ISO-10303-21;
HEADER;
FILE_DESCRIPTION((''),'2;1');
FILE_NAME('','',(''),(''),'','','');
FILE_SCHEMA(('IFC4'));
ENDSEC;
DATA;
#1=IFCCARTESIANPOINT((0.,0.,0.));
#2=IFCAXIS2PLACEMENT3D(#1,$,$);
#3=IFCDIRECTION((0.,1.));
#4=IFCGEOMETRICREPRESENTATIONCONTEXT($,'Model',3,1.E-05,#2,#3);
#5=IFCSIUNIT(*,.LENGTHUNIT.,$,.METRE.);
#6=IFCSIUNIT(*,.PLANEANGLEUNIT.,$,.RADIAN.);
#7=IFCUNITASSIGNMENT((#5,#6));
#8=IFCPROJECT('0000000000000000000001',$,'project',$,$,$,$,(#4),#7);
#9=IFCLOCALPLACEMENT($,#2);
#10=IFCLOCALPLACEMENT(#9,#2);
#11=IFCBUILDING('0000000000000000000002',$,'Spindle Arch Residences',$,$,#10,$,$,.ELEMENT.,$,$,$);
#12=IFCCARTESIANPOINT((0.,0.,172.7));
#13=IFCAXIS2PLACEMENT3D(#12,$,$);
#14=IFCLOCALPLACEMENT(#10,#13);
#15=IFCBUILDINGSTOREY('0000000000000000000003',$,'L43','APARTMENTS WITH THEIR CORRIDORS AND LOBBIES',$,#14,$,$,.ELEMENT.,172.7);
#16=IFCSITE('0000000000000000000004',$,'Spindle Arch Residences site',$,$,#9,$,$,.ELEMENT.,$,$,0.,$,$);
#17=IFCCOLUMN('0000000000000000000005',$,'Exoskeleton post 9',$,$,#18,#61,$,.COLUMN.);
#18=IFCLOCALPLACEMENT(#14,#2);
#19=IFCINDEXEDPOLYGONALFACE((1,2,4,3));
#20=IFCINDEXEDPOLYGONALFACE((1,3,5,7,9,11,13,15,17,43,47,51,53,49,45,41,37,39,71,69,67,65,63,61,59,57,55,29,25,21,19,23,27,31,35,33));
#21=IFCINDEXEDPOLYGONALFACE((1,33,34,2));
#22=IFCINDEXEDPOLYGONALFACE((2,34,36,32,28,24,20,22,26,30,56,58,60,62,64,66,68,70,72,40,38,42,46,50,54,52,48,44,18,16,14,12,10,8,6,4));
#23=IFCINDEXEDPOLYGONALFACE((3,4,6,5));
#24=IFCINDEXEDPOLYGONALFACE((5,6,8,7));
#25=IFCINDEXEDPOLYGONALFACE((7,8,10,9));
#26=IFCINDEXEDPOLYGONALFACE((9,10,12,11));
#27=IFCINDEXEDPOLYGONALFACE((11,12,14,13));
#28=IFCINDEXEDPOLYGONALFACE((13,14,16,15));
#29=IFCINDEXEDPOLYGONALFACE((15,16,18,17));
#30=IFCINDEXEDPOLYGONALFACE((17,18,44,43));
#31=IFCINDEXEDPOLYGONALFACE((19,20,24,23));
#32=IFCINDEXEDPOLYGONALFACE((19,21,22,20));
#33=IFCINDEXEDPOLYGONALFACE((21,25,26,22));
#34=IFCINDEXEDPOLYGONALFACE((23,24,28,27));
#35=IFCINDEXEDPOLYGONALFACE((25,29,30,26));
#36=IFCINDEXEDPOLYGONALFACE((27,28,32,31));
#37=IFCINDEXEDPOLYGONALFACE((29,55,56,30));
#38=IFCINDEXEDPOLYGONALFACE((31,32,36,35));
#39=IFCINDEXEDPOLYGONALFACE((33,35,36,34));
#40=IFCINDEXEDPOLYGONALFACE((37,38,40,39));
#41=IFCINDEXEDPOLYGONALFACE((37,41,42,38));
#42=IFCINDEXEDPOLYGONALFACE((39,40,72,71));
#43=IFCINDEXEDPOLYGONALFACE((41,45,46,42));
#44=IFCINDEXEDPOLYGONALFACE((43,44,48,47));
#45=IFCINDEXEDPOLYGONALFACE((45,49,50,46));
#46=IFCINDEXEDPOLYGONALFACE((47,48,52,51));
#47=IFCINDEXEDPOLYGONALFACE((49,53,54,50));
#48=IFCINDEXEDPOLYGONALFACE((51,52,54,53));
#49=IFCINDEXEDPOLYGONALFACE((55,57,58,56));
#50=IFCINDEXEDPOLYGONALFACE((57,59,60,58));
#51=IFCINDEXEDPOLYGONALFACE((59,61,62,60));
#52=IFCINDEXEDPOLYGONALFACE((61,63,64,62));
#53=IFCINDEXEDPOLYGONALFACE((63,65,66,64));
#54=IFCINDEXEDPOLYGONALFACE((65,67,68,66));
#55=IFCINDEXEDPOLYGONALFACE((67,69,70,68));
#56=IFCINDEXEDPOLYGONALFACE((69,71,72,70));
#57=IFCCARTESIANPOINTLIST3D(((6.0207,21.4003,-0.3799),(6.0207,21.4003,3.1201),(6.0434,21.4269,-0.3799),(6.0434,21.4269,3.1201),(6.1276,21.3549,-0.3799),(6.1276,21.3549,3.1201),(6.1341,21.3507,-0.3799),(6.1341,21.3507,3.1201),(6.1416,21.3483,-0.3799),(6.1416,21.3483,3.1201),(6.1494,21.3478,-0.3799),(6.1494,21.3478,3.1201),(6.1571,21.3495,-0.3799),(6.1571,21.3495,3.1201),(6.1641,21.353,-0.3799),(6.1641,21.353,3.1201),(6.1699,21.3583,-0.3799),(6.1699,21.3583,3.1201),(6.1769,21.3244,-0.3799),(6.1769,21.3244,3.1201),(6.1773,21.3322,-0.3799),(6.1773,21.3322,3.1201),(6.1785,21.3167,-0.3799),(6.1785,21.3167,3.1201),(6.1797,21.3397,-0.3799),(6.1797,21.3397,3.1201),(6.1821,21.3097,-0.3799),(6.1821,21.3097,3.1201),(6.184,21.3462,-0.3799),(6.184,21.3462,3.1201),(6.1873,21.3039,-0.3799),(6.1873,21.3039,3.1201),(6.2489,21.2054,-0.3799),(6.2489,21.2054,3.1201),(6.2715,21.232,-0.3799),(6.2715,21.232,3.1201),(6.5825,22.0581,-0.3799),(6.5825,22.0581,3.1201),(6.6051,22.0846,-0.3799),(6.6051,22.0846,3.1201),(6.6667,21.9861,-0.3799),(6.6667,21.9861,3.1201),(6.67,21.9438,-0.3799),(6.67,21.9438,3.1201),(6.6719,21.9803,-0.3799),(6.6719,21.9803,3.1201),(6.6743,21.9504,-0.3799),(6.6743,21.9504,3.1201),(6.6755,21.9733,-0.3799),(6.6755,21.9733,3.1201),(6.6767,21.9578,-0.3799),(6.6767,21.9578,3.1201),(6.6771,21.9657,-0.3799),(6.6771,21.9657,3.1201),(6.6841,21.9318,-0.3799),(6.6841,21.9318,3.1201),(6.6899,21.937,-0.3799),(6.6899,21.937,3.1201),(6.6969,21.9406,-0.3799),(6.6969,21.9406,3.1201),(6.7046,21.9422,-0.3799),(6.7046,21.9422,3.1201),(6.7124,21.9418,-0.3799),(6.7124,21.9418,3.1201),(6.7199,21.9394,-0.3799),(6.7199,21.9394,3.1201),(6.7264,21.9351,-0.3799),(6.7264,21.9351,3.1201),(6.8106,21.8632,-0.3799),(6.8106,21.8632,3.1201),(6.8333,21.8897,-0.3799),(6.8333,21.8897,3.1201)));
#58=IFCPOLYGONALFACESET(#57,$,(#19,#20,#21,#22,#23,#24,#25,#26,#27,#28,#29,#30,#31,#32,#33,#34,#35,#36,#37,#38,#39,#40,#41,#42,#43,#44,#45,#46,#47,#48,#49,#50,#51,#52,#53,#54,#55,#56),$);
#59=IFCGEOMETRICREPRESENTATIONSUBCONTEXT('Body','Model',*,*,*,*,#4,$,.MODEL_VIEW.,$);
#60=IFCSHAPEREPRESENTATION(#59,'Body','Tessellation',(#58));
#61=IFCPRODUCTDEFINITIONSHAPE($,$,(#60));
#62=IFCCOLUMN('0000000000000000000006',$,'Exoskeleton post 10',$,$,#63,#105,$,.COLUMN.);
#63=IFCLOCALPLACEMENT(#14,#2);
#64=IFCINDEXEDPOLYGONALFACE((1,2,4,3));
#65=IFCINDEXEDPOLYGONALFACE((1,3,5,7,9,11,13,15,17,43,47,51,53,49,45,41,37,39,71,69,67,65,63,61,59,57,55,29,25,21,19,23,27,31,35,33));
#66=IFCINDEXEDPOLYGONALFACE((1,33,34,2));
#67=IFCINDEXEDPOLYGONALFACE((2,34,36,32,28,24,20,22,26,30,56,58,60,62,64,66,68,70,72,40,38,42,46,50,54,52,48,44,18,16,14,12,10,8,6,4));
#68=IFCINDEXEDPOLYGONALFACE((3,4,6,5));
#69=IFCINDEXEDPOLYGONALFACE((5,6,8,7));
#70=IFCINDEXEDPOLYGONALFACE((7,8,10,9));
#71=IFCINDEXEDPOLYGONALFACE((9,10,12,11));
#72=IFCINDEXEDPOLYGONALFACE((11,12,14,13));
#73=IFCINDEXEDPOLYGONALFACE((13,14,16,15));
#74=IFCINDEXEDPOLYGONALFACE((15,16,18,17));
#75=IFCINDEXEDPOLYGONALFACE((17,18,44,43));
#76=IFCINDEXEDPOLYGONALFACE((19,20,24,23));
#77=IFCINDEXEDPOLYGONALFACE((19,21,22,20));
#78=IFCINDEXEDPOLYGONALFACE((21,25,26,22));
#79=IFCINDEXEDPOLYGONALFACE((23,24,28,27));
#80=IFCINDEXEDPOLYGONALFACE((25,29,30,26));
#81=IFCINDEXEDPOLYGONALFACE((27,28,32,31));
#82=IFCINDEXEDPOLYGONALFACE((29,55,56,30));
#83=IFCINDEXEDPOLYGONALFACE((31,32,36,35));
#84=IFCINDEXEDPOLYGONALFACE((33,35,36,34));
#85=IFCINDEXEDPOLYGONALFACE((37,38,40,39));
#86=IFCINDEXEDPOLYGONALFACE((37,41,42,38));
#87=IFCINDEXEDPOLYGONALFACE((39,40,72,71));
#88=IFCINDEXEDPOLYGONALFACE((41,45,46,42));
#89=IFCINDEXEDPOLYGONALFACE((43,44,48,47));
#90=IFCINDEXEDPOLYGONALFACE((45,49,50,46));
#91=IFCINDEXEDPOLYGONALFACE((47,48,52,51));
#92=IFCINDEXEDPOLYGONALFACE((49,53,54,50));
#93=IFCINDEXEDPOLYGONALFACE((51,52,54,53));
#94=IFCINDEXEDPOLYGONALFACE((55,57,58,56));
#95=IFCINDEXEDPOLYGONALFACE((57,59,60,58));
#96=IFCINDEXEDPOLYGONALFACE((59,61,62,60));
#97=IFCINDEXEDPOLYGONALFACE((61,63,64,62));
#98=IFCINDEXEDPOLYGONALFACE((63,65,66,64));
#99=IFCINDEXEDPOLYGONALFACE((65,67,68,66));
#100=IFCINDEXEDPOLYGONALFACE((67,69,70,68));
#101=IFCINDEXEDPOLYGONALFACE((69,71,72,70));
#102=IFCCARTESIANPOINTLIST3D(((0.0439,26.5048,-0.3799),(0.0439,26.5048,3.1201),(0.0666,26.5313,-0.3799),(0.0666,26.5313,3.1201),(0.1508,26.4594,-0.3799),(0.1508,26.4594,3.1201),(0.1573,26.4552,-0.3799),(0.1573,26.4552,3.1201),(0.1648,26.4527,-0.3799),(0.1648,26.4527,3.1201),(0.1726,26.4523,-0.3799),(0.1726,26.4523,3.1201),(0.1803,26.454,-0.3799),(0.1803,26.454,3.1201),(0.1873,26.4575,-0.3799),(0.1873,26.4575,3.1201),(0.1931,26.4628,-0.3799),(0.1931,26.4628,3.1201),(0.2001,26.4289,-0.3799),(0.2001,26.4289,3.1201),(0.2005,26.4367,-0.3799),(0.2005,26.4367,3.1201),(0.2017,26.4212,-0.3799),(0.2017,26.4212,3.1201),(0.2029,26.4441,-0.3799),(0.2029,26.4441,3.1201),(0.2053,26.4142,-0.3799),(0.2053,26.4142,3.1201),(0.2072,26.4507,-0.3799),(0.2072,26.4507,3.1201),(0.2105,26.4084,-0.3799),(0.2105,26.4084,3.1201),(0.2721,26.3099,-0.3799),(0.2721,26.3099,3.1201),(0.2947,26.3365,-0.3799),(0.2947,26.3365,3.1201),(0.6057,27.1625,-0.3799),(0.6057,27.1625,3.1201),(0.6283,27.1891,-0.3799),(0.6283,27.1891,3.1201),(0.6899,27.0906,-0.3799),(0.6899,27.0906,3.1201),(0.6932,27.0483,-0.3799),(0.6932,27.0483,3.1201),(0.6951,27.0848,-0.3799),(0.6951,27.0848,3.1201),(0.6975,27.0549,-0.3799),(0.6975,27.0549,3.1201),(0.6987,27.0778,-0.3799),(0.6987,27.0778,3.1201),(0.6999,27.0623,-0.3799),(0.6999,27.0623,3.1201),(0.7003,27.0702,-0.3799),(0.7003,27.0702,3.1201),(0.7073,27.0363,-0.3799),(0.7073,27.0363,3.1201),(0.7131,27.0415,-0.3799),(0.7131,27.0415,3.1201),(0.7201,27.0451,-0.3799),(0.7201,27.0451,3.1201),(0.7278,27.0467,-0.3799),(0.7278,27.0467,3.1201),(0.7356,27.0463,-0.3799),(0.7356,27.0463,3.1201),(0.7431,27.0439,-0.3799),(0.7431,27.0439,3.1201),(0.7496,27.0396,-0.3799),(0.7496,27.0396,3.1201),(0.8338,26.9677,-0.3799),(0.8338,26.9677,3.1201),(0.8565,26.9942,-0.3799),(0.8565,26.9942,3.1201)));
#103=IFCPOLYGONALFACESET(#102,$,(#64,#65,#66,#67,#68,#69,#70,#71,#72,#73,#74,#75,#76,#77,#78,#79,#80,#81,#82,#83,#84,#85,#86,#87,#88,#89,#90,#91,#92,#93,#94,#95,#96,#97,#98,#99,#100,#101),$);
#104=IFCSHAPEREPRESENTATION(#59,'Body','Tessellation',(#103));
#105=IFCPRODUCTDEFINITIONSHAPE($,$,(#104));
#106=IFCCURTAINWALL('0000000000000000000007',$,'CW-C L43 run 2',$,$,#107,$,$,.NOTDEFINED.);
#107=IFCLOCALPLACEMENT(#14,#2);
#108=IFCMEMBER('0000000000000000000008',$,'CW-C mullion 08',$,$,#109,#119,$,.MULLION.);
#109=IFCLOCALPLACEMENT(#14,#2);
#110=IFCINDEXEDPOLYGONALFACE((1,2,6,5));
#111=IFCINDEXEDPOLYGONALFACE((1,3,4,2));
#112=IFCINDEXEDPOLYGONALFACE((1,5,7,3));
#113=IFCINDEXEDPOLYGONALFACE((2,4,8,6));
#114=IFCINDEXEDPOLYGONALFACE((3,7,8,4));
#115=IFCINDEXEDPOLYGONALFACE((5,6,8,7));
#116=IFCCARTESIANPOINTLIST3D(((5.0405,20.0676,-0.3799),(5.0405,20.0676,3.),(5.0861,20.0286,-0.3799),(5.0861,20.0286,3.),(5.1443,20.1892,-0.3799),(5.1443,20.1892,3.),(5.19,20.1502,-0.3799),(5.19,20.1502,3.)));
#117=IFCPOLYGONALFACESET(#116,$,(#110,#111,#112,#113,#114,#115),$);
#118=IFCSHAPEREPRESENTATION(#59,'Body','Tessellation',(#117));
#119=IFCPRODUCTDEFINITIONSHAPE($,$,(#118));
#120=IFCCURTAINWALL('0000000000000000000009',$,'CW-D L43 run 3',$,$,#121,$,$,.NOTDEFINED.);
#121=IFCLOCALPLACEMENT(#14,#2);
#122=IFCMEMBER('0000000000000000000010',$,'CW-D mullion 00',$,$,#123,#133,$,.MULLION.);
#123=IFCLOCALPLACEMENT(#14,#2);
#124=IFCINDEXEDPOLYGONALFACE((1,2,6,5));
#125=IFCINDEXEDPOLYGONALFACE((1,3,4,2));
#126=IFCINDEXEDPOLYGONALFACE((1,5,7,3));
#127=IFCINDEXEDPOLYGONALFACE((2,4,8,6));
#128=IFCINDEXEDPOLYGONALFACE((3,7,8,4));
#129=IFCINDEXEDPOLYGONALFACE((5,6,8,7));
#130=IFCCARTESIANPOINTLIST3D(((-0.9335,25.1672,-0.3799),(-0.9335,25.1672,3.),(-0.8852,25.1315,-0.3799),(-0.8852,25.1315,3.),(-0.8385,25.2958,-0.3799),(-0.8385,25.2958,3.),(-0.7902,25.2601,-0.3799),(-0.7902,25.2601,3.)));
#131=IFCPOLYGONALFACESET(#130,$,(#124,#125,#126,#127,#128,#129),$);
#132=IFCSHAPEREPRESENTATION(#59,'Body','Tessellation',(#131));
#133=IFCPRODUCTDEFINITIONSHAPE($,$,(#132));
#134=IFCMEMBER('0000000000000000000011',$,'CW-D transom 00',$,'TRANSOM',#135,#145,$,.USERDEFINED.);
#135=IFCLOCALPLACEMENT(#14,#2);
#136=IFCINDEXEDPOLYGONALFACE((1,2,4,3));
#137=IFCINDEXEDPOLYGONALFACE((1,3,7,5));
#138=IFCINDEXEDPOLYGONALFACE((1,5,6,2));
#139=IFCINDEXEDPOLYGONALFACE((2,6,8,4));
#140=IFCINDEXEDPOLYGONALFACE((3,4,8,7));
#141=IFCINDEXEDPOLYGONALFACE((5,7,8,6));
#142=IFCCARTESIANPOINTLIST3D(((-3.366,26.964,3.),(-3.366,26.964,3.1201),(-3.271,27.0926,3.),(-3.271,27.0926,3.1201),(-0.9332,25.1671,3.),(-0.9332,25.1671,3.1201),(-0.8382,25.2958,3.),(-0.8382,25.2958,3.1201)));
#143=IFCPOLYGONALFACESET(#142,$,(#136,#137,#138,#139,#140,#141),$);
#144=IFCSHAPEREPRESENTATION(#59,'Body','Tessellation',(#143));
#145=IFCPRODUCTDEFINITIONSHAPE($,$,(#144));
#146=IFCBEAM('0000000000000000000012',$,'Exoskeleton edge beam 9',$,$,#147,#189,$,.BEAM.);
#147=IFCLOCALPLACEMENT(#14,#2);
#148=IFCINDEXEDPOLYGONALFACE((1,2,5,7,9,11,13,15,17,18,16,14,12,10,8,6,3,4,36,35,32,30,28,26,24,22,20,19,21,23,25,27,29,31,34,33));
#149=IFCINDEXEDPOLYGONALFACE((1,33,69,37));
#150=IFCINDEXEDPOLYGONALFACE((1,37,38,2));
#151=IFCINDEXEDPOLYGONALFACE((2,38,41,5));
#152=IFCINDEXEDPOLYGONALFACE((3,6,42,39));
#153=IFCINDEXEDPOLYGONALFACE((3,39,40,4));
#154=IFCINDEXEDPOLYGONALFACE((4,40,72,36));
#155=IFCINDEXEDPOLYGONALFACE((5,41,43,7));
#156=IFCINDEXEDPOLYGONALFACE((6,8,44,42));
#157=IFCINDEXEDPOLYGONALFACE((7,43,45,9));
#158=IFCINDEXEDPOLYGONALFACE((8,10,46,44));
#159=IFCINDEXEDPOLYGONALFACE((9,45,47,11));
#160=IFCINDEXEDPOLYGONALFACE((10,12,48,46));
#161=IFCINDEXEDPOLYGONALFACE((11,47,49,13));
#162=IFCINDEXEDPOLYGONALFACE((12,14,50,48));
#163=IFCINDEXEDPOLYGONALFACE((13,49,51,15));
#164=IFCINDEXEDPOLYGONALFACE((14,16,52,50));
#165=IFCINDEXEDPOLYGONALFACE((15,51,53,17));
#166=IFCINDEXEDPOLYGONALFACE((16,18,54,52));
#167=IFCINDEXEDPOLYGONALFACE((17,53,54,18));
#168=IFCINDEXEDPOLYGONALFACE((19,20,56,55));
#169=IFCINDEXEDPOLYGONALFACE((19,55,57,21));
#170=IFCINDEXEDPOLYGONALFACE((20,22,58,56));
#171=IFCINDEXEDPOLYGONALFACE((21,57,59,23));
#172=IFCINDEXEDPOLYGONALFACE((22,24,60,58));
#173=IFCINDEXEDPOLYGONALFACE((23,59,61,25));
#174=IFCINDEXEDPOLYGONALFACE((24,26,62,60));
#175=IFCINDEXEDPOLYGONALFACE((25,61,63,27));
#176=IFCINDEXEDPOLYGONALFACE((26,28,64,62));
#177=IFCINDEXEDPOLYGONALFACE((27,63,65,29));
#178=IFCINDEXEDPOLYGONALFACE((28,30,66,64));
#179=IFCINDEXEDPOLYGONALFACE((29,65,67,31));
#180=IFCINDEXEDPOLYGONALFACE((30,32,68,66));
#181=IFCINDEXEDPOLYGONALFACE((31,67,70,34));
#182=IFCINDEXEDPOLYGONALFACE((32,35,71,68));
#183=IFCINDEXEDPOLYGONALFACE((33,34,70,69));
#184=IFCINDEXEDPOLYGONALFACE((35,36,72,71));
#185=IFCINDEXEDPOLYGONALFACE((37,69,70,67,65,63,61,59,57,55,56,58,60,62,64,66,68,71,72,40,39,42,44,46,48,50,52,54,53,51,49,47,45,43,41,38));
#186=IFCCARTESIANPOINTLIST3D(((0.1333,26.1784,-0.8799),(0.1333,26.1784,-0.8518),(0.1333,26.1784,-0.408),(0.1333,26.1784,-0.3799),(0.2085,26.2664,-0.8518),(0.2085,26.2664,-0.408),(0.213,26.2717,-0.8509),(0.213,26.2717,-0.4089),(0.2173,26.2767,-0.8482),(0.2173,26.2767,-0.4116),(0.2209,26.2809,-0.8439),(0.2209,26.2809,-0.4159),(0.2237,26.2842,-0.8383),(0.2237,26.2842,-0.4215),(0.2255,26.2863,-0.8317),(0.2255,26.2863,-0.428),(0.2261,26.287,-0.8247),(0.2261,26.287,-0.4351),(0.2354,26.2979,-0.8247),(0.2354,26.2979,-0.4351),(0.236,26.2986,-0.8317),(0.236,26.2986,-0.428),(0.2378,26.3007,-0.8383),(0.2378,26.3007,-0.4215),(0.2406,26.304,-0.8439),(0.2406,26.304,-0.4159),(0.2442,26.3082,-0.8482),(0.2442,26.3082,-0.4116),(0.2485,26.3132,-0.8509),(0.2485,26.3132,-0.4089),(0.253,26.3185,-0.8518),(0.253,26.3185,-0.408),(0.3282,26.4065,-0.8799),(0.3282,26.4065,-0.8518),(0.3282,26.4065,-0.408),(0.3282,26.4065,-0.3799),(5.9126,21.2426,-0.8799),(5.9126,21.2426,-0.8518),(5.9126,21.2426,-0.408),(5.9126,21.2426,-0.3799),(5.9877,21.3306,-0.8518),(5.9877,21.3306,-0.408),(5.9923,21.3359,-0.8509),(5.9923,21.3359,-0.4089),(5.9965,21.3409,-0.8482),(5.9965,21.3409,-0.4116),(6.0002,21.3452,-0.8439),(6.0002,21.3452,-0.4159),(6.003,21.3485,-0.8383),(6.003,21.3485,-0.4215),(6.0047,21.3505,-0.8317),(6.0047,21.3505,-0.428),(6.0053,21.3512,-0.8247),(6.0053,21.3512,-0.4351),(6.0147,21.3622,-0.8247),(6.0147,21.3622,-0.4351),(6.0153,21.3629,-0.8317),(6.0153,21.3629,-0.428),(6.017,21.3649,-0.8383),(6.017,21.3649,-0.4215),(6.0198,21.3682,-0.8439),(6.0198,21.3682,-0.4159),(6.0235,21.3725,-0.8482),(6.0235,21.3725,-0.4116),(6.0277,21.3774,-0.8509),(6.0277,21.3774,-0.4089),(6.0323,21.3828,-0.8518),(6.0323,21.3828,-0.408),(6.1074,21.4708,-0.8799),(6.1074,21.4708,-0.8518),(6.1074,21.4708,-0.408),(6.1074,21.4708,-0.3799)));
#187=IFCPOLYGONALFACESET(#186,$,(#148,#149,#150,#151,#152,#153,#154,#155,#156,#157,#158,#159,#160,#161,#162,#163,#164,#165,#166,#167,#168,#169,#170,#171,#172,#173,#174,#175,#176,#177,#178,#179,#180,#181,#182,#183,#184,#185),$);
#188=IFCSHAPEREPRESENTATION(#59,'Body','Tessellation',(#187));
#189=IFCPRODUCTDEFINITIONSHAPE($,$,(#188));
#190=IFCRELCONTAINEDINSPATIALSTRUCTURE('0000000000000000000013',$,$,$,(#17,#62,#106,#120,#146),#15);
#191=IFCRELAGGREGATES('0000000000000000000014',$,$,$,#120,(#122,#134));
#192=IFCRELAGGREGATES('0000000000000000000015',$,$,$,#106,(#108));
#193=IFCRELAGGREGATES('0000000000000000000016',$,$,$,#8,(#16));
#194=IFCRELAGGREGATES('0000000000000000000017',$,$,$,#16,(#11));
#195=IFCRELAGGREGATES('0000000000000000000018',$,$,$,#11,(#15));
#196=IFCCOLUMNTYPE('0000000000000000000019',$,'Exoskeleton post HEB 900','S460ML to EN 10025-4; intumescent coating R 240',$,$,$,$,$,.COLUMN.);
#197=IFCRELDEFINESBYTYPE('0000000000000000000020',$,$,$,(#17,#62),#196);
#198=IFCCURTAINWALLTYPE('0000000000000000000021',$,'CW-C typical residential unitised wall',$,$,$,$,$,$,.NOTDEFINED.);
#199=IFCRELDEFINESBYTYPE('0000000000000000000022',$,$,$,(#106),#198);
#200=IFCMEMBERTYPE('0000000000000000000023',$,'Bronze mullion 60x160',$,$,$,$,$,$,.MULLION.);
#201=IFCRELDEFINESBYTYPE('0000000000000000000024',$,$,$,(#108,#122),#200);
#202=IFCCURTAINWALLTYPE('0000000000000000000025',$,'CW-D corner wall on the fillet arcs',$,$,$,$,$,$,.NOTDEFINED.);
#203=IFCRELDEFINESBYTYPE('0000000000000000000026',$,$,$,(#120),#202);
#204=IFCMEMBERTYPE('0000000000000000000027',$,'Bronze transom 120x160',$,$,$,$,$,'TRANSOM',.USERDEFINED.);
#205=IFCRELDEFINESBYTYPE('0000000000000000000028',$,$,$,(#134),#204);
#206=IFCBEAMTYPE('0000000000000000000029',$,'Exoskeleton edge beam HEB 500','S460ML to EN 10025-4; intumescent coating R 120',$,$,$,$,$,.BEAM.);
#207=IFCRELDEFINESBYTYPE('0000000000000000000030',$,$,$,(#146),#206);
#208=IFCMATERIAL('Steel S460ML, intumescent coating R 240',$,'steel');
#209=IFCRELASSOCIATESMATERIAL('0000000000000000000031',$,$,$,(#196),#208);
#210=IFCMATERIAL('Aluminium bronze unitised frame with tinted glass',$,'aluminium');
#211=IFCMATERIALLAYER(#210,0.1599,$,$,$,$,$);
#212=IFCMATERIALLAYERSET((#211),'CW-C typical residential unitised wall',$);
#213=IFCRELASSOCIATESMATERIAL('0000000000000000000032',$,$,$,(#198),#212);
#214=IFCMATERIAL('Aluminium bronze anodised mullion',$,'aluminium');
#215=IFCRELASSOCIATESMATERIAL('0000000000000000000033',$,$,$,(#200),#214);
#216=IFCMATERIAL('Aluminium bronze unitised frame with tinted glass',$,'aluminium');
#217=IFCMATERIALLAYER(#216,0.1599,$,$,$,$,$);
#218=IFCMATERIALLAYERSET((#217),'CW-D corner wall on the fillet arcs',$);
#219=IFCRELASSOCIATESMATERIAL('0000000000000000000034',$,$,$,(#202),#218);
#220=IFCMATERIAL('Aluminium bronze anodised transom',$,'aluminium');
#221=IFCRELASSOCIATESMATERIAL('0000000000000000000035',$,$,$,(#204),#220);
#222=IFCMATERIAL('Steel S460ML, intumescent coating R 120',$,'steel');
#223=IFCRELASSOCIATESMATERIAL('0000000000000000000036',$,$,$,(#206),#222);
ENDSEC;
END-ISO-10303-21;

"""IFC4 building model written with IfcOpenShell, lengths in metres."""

from ifc_helpers import new_model, si_unit, direction, frame, origin, origin_2d, place, context, subcontext, project, spatial, rectangle, i_section, extrude, material, layer, layer_set, material_profile, profile_set, type_object, element, aggregate, save


model = new_model("IFC4")

# Units and contexts
model_context = context("Model", 3, precision=1e-05, world=origin(), true_north=direction((0.0, 1.0)))
body_context = subcontext(model_context, "Body", "Model", "MODEL_VIEW")
ifc_project = project(units=[si_unit("LENGTHUNIT", "METRE"), si_unit("PLANEANGLEUNIT", "RADIAN")], contexts=[model_context])

# Site, building, storey
site_placement = place(None, origin())
site = spatial("IfcSite", under=ifc_project, at=site_placement, Name="Spindle Arch Residences site", CompositionType="ELEMENT", RefElevation=0.0)
building_placement = place(site_placement, origin())
building = spatial("IfcBuilding", under=site, at=building_placement, Name="Spindle Arch Residences", CompositionType="ELEMENT")
storey_placement = place(building_placement, frame((0.0, 0.0, 172.7)))
storey = spatial("IfcBuildingStorey", under=building, at=storey_placement, Name="L43", Description="APARTMENTS WITH THEIR CORRIDORS AND LOBBIES", CompositionType="ELEMENT", Elevation=172.7)

# Columns
ifc_material_1 = material(Name="Steel S460ML, intumescent coating R 240", Category="steel")
ifc_material_profile_1 = material_profile(ifc_material_1, i_section(OverallWidth=0.3, OverallDepth=0.8999, WebThickness=0.0186, FlangeThickness=0.0349, FilletRadius=0.03, at=origin_2d()), Name="HEB 900")
ifc_profile_set_1 = profile_set([ifc_material_profile_1], Name="Steel S460ML, intumescent coating R 240")
column_type = type_object("IfcColumnType", Name="Exoskeleton post HEB 900", Description="S460ML to EN 10025-4; intumescent coating R 240", PredefinedType="COLUMN", material=ifc_profile_set_1)
for number, where, z_axis, x_axis, name in (
    (1, (6.427, 21.645, -0.3799), (0.0, 0.0, 1.0), (0.760406, -0.649448, 0.0), "Exoskeleton post 9"),
    (2, (0.4502, 26.7495, -0.3799), (0.0, 0.0, 1.0), (0.760406, -0.649448, 0.0), "Exoskeleton post 10"),
):
    element("IfcColumn", number, at=place(storey_placement, frame(where, z_axis=z_axis, x_axis=x_axis)), inside=storey, type_object=column_type, Name=name, PredefinedType="COLUMN", context=body_context, shape_type="SweptSolid", body=[
        extrude(i_section(OverallWidth=0.3, OverallDepth=0.8999, WebThickness=0.0186, FlangeThickness=0.0349, FilletRadius=0.03, at=origin_2d()), origin(), (0.0, 0.0, 1.0), 3.5),
    ])

# Curtain wall, member
ifc_material_2 = material(Name="Aluminium bronze unitised frame with tinted glass", Category="aluminium")
ifc_layer_1 = layer(ifc_material_2, 0.1599)
ifc_layer_set_1 = layer_set([ifc_layer_1], Name="CW-C typical residential unitised wall")
curtain_wall_type_1 = type_object("IfcCurtainWallType", Name="CW-C typical residential unitised wall", PredefinedType="NOTDEFINED", material=ifc_layer_set_1)
curtain_wall_1_placement = place(storey_placement, origin())
curtain_wall_1 = element("IfcCurtainWall", 3, at=curtain_wall_1_placement, inside=storey, type_object=curtain_wall_type_1, Name="CW-C L43 run 2", PredefinedType="NOTDEFINED")
ifc_material_3 = material(Name="Aluminium bronze anodised mullion", Category="aluminium")
ifc_material_profile_2 = material_profile(ifc_material_3, rectangle(XDim=0.1599, YDim=0.0601, at=origin_2d()), Name="MU 60x160")
ifc_profile_set_2 = profile_set([ifc_material_profile_2], Name="Aluminium bronze anodised mullion")
member_type_1 = type_object("IfcMemberType", Name="Bronze mullion 60x160", PredefinedType="MULLION", material=ifc_profile_set_2)
member_1_placement = place(storey_placement, frame((5.1152, 20.1089, -0.3799), z_axis=(0.0, 0.0, 1.0), x_axis=(-0.649448, -0.760406, 0.0)))
member_1 = element("IfcMember", 4, at=member_1_placement, type_object=member_type_1, Name="CW-C mullion 08", PredefinedType="MULLION", context=body_context, shape_type="SweptSolid", body=[
    extrude(rectangle(XDim=0.1599, YDim=0.0601, at=origin_2d()), origin(), (0.0, 0.0, 1.0), 3.3799),
])

# Curtain wall, members
ifc_material_4 = material(Name="Aluminium bronze unitised frame with tinted glass", Category="aluminium")
ifc_layer_2 = layer(ifc_material_4, 0.1599)
ifc_layer_set_2 = layer_set([ifc_layer_2], Name="CW-D corner wall on the fillet arcs")
curtain_wall_type_2 = type_object("IfcCurtainWallType", Name="CW-D corner wall on the fillet arcs", PredefinedType="NOTDEFINED", material=ifc_layer_set_2)
curtain_wall_2_placement = place(storey_placement, origin())
curtain_wall_2 = element("IfcCurtainWall", 5, at=curtain_wall_2_placement, inside=storey, type_object=curtain_wall_type_2, Name="CW-D L43 run 3", PredefinedType="NOTDEFINED")
member_2_placement = place(storey_placement, frame((-0.8618, 25.2136, -0.3799), z_axis=(0.0, 0.0, 1.0), x_axis=(-0.594134, -0.804366, 0.0)))
member_2 = element("IfcMember", 6, at=member_2_placement, type_object=member_type_1, Name="CW-D mullion 00", PredefinedType="MULLION", context=body_context, shape_type="SweptSolid", body=[
    extrude(rectangle(XDim=0.1599, YDim=0.0601, at=origin_2d()), origin(), (0.0, 0.0, 1.0), 3.3799),
])
ifc_material_5 = material(Name="Aluminium bronze anodised transom", Category="aluminium")
ifc_material_profile_3 = material_profile(ifc_material_5, rectangle(XDim=0.1599, YDim=0.1201, at=origin_2d()), Name="TR 120x160")
ifc_profile_set_3 = profile_set([ifc_material_profile_3], Name="Aluminium bronze anodised transom")
member_type_2 = type_object("IfcMemberType", Name="Bronze transom 120x160", ElementType="TRANSOM", PredefinedType="USERDEFINED", material=ifc_profile_set_3)
member_3_placement = place(storey_placement, frame((-0.8857, 25.2314, 3.0601), z_axis=(-0.804386, 0.594107, 0.0), x_axis=(-0.594107, -0.804386, 0.0)))
member_3 = element("IfcMember", 7, at=member_3_placement, type_object=member_type_2, Name="CW-D transom 00", ObjectType="TRANSOM", PredefinedType="USERDEFINED", context=body_context, shape_type="SweptSolid", body=[
    extrude(rectangle(XDim=0.1599, YDim=0.1201, at=origin_2d()), origin(), (0.0, 0.0, 1.0), 3.0244),
])
aggregate(curtain_wall_2, [member_2, member_3])

# Beam
ifc_material_6 = material(Name="Steel S460ML, intumescent coating R 120", Category="steel")
ifc_material_profile_4 = material_profile(ifc_material_6, i_section(OverallWidth=0.3, OverallDepth=0.5, WebThickness=0.0144, FlangeThickness=0.0281, FilletRadius=0.0271, at=origin_2d()), Name="HEB 500")
ifc_profile_set_4 = profile_set([ifc_material_profile_4], Name="Steel S460ML, intumescent coating R 120")
beam_type_1 = type_object("IfcBeamType", Name="Exoskeleton edge beam HEB 500", Description="S460ML to EN 10025-4; intumescent coating R 120", PredefinedType="BEAM", material=ifc_profile_set_4)
beam_1_placement = place(storey_placement, frame((6.01, 21.3567, -0.6299), z_axis=(-0.760419, 0.649433, 0.0), x_axis=(-0.649433, -0.760419, 0.0)))
element("IfcBeam", 8, at=beam_1_placement, inside=storey, type_object=beam_type_1, Name="Exoskeleton edge beam 9", PredefinedType="BEAM", context=body_context, shape_type="SweptSolid", body=[
    extrude(i_section(OverallWidth=0.3, OverallDepth=0.5, WebThickness=0.0144, FlangeThickness=0.0281, FilletRadius=0.0271, at=origin_2d()), origin(), (0.0, 0.0, 1.0), 7.6001),
])

aggregate(curtain_wall_1, [member_1])

save(model, "model.ifc")
